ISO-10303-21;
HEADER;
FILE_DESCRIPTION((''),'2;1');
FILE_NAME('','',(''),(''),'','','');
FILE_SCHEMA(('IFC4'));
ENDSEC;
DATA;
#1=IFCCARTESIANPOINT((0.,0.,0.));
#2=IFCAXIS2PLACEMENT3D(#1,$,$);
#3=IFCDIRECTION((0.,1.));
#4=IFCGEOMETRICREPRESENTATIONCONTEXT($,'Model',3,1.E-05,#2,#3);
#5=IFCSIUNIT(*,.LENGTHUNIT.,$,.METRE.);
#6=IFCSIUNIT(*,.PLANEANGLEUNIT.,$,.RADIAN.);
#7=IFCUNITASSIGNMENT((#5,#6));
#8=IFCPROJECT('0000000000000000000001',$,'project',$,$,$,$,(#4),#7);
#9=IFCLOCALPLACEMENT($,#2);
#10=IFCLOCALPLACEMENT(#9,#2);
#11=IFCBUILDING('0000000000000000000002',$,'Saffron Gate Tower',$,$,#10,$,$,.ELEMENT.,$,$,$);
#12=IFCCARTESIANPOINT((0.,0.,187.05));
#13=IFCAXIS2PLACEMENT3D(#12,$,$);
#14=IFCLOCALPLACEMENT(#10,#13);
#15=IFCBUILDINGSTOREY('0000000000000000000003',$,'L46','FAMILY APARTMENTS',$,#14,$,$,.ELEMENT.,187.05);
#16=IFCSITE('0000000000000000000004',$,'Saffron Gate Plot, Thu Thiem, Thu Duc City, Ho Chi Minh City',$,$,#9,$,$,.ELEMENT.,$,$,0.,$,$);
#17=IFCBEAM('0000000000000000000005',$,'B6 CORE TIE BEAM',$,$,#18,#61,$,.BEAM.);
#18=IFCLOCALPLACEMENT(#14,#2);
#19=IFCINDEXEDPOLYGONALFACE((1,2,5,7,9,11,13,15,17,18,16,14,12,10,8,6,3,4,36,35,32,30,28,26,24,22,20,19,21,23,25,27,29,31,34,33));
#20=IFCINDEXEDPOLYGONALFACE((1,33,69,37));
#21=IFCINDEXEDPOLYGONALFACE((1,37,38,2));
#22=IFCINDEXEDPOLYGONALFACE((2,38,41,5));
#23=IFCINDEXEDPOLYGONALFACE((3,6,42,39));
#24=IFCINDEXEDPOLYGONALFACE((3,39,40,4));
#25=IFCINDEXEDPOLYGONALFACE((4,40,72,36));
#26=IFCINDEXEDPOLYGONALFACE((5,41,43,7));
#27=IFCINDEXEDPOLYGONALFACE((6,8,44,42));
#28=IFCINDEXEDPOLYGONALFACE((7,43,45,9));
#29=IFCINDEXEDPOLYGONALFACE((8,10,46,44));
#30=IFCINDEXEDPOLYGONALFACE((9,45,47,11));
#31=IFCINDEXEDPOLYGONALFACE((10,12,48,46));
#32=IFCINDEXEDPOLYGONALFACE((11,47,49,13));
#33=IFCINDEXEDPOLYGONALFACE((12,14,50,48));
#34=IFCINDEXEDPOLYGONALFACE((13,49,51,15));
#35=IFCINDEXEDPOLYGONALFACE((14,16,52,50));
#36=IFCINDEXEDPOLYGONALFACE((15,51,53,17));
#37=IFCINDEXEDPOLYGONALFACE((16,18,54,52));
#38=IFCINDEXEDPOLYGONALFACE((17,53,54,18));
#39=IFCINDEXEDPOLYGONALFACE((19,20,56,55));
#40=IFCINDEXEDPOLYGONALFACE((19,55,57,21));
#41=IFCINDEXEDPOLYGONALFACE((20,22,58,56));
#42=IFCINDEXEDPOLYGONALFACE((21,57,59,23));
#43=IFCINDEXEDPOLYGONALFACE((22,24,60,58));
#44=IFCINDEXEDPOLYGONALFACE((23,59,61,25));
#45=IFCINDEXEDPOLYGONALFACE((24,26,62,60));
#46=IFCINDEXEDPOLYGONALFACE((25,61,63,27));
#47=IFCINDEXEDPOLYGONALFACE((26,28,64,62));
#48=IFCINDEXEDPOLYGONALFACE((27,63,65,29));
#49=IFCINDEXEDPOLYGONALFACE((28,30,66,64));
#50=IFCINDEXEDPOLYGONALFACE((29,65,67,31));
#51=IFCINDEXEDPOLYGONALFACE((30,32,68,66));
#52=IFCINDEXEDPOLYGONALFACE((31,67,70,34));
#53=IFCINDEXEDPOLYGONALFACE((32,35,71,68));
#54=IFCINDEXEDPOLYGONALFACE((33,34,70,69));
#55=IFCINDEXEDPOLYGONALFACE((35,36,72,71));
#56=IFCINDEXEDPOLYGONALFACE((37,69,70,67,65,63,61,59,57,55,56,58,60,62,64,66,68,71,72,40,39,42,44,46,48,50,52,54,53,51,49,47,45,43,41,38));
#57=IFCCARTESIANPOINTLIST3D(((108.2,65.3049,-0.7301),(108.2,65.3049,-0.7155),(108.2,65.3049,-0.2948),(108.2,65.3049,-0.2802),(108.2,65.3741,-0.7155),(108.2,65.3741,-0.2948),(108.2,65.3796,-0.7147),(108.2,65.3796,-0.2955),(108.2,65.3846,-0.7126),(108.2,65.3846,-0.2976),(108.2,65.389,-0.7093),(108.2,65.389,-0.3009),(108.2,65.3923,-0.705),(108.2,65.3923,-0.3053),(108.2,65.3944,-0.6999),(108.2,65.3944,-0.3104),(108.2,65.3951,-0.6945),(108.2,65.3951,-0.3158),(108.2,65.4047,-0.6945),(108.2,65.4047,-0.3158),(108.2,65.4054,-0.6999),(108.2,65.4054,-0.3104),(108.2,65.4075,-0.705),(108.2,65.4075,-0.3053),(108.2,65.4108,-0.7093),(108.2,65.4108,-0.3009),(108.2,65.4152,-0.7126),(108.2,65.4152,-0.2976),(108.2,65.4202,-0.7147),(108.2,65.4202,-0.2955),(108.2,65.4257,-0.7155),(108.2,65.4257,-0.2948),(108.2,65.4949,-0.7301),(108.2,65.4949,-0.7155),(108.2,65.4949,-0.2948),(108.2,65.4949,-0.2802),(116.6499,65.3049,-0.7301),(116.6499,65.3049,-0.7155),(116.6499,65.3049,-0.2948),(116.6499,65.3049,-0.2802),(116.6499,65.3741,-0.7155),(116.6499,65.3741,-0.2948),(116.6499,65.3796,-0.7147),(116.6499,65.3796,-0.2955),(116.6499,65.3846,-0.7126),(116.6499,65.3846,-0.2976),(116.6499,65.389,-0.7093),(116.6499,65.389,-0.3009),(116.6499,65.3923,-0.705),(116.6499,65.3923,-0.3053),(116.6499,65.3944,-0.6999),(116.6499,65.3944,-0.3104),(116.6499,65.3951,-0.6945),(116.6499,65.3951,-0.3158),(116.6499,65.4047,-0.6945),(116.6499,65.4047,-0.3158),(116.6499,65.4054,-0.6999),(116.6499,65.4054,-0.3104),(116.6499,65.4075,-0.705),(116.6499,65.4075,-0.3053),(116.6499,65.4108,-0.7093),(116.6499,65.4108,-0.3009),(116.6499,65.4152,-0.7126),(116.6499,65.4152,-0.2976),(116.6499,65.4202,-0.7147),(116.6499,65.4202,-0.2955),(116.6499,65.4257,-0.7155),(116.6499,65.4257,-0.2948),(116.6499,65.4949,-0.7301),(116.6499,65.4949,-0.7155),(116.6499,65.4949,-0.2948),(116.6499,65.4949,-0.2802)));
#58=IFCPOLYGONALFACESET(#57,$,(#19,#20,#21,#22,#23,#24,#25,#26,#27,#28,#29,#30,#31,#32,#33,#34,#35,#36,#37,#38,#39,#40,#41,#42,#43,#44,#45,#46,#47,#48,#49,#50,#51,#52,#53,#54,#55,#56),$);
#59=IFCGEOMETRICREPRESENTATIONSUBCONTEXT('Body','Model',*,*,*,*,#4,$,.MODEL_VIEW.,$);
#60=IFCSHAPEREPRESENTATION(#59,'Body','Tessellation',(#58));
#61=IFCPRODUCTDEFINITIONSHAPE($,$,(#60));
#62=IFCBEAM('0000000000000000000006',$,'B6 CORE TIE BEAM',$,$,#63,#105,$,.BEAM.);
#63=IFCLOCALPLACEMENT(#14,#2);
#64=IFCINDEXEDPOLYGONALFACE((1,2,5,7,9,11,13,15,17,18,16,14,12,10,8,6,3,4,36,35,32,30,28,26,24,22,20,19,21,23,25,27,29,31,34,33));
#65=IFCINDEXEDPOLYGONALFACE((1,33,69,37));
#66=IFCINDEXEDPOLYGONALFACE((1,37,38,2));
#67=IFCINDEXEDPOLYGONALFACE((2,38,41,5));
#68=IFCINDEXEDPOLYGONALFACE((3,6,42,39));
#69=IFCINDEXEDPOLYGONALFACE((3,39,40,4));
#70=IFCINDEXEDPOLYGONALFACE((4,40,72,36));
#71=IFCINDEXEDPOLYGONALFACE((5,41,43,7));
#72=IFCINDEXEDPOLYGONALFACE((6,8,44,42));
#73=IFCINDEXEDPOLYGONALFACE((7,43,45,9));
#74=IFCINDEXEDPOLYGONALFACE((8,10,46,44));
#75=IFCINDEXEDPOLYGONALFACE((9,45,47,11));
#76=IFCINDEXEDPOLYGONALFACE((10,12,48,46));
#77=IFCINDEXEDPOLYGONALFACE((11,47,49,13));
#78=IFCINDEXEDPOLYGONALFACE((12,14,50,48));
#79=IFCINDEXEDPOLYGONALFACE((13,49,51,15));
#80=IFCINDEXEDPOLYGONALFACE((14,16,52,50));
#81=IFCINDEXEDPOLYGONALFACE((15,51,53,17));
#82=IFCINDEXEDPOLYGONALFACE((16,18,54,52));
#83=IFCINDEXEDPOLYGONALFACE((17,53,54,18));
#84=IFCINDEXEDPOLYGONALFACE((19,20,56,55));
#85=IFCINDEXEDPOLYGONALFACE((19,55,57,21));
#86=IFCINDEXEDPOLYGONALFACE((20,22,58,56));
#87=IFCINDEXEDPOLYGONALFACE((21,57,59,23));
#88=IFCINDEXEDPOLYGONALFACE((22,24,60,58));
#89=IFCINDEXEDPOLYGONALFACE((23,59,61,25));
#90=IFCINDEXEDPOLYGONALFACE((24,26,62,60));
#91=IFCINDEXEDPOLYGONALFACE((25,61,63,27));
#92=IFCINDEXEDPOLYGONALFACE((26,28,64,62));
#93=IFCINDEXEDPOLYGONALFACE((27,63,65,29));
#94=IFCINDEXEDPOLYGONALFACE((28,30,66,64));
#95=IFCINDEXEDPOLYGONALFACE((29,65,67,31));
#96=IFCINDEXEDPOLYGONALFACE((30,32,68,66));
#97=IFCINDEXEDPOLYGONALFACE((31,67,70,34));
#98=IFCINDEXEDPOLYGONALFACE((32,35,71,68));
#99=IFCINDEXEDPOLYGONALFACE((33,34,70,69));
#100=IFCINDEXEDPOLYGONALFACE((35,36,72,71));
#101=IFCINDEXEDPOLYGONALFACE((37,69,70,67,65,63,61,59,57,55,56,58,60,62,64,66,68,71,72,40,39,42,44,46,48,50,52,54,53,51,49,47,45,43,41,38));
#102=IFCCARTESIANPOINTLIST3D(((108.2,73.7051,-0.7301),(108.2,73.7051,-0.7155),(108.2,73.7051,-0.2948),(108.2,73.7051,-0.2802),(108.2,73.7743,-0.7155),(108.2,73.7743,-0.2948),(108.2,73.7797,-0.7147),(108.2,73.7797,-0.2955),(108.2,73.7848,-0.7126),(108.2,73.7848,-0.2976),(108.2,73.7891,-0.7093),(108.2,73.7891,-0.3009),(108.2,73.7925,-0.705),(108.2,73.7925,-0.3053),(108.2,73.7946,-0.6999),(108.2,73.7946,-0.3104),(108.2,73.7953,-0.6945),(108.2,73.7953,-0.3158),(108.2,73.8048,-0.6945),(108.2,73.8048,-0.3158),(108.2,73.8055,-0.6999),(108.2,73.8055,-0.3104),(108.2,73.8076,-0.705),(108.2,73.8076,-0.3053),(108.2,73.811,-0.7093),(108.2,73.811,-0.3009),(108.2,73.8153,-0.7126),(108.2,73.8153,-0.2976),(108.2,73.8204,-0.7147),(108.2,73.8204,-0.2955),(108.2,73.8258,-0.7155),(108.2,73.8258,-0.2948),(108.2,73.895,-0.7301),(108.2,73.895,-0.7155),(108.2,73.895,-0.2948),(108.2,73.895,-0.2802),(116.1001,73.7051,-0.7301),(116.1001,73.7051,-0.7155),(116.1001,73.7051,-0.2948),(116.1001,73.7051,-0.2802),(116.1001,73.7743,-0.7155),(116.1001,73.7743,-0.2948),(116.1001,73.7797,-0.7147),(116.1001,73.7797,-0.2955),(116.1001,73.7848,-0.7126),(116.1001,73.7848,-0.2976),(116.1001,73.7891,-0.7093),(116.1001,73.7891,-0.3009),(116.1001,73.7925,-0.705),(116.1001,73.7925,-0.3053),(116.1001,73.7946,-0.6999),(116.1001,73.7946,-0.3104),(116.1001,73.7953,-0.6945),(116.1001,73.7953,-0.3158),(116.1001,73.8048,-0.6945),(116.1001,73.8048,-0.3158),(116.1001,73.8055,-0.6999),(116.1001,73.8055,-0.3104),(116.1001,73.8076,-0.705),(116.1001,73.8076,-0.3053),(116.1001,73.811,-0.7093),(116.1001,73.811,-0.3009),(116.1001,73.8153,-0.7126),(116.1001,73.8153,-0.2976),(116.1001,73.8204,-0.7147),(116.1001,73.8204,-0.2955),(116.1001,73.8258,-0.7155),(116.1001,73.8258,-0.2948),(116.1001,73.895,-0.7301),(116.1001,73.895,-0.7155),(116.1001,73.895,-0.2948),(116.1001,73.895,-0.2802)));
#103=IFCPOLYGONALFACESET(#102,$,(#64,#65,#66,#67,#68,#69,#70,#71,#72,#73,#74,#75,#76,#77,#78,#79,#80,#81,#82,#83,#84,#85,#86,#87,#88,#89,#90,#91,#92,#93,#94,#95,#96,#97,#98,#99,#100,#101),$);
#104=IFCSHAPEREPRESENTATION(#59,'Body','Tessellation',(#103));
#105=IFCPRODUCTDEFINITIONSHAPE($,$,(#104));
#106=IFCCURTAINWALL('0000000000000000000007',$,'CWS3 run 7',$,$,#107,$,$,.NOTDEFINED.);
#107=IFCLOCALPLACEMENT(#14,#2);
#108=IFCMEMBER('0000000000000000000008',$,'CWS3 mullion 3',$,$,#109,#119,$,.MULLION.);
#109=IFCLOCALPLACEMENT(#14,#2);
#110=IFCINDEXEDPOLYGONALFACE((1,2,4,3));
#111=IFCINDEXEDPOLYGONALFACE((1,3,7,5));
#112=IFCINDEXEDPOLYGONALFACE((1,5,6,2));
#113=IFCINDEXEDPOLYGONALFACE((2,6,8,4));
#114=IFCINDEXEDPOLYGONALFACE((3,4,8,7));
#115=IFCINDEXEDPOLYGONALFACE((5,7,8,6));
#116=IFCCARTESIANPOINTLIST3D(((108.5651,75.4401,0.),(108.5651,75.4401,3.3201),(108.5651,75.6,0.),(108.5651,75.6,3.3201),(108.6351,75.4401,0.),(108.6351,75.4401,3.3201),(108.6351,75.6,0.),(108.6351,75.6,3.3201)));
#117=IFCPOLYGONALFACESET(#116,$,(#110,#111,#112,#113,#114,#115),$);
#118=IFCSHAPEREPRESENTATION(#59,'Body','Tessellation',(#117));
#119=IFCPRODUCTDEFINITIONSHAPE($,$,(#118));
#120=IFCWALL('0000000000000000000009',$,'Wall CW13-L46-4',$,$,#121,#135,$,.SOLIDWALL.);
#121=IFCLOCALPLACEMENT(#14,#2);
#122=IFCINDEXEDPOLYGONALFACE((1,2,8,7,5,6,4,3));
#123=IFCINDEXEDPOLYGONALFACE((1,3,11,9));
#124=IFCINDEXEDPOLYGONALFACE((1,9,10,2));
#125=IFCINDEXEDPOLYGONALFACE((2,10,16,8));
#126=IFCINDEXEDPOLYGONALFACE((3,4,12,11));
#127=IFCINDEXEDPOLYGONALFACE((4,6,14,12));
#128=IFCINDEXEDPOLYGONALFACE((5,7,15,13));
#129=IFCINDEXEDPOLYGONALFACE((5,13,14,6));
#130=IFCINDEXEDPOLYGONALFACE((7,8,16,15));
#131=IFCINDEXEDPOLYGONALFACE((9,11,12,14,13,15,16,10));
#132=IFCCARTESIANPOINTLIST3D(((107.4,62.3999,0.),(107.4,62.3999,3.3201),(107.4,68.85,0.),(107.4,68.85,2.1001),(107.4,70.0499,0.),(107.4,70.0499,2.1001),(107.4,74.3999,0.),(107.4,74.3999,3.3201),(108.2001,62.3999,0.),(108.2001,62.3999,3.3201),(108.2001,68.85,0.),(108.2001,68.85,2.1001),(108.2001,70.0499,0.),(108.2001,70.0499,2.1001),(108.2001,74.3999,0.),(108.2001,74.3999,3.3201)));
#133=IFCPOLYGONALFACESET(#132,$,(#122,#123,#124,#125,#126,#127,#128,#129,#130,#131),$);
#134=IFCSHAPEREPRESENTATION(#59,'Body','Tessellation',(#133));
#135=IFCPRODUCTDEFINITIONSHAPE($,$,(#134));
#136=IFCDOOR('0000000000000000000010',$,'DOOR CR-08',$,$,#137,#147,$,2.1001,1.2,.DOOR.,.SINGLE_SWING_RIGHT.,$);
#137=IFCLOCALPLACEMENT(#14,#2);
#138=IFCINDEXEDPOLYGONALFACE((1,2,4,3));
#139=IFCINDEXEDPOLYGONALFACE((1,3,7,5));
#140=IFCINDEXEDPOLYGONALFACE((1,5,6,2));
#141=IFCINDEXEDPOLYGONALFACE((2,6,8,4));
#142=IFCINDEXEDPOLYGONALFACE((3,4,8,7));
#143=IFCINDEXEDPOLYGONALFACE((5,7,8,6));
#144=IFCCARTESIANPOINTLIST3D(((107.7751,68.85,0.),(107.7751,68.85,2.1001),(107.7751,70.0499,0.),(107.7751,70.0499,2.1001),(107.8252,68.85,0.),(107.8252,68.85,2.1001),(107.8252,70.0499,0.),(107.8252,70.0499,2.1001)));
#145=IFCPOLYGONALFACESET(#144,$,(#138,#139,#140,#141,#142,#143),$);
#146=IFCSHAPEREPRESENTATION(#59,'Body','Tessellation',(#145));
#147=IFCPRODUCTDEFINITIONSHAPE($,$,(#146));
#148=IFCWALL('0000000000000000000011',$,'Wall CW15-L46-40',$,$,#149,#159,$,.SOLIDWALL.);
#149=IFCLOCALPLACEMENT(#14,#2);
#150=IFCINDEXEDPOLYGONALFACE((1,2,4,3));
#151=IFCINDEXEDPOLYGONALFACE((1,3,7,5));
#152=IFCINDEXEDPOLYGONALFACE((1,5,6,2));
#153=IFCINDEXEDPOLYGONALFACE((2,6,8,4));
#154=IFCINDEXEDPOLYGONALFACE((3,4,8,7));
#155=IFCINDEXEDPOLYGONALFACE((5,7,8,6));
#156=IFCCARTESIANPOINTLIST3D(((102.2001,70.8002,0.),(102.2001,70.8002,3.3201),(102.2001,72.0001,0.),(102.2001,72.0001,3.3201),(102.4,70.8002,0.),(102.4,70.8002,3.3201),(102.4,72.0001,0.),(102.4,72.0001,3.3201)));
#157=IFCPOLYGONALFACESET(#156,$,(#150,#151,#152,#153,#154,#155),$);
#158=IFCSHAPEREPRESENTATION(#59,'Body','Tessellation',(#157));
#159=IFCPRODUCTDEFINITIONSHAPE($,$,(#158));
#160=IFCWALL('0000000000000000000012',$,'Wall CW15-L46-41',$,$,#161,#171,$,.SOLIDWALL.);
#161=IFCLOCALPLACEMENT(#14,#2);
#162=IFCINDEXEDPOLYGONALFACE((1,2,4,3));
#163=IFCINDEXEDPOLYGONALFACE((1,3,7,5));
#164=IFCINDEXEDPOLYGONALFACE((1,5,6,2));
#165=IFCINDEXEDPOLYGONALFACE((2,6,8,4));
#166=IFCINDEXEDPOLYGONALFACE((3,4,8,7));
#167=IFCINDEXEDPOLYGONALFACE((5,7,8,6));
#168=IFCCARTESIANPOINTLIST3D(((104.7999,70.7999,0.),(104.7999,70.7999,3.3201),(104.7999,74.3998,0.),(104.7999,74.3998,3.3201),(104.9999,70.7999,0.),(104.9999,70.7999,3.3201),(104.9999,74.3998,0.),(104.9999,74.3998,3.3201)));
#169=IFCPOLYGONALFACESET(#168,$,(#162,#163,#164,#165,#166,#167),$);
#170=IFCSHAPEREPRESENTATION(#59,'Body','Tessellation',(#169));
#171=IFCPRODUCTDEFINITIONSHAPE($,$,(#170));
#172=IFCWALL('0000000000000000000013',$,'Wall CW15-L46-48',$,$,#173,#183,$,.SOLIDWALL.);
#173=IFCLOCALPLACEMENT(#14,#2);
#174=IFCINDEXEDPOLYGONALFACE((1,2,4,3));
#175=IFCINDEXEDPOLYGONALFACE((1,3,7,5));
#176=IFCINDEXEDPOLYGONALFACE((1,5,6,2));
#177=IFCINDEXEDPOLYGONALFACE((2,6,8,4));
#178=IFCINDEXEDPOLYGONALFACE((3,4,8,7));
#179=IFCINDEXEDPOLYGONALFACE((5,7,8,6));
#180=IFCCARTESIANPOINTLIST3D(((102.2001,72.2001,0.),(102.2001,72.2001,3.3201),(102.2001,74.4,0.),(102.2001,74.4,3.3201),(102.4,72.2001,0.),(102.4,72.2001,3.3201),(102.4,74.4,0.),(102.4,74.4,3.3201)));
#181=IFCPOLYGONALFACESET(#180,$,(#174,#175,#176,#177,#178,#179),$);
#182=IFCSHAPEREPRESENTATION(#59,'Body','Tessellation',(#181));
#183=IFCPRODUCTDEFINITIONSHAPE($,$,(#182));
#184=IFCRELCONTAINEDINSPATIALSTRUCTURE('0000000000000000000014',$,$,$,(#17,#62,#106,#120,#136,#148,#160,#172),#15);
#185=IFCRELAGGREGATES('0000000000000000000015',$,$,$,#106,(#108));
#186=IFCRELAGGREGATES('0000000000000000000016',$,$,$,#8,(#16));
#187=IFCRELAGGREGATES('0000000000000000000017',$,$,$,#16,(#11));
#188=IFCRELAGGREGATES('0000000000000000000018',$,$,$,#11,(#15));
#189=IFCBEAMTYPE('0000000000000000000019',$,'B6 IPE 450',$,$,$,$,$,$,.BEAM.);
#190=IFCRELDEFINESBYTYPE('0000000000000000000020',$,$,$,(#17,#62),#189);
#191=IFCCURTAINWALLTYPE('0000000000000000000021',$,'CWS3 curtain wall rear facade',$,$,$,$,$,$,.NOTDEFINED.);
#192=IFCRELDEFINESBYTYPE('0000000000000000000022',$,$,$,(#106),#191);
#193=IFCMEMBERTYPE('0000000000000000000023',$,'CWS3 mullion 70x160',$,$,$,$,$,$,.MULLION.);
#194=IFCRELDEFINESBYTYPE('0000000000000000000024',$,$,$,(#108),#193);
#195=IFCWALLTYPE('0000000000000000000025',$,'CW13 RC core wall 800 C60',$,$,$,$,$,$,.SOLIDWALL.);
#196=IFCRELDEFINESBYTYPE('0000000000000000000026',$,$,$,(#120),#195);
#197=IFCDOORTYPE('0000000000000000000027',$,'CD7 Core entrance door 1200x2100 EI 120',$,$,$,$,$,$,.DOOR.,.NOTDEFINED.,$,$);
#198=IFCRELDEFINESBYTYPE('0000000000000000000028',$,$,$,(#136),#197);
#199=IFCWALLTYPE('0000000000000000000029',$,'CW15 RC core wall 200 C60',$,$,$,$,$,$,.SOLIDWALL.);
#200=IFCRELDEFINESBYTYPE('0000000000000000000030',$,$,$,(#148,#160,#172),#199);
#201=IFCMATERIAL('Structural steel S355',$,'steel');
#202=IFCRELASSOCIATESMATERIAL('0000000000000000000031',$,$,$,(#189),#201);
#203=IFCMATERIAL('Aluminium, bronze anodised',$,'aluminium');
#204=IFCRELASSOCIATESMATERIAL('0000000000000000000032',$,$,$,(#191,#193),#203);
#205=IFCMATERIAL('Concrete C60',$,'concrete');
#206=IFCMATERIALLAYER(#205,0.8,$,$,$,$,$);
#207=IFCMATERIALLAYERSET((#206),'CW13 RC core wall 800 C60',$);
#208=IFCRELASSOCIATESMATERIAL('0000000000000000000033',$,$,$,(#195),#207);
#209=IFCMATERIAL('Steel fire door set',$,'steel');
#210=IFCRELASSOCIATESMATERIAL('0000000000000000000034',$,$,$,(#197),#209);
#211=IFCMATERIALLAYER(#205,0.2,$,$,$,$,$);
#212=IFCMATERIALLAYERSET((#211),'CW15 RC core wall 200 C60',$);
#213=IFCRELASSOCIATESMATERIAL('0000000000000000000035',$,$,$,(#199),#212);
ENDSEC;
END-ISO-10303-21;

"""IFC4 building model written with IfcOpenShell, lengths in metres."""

from ifc_helpers import new_model, si_unit, direction, frame, frame_2d, origin, origin_2d, place, context, subcontext, project, spatial, rectangle, i_section, extrude, material, layer, layer_set, material_profile, profile_set, type_object, element, fill, aggregate, save


model = new_model("IFC4")

# Units and contexts
model_context = context("Model", 3, precision=1e-05, world=origin(), true_north=direction((0.0, 1.0)))
body_context = subcontext(model_context, "Body", "Model", "MODEL_VIEW")
ifc_project = project(units=[si_unit("LENGTHUNIT", "METRE"), si_unit("PLANEANGLEUNIT", "RADIAN")], contexts=[model_context])

# Site, building, storey
site_placement = place(None, origin())
site = spatial("IfcSite", under=ifc_project, at=site_placement, Name="Saffron Gate Plot, Thu Thiem, Thu Duc City, Ho Chi Minh City", CompositionType="ELEMENT", RefElevation=0.0)
building_placement = place(site_placement, origin())
building = spatial("IfcBuilding", under=site, at=building_placement, Name="Saffron Gate Tower", CompositionType="ELEMENT")
storey_placement = place(building_placement, frame((0.0, 0.0, 187.05)))
storey = spatial("IfcBuildingStorey", under=building, at=storey_placement, Name="L46", Description="FAMILY APARTMENTS", CompositionType="ELEMENT", Elevation=187.05)

# Beams
ifc_material_1 = material(Name="Structural steel S355", Category="steel")
ifc_material_profile_1 = material_profile(ifc_material_1, i_section(OverallWidth=0.1899, OverallDepth=0.45, WebThickness=0.0095, FlangeThickness=0.0146, FilletRadius=0.021, at=origin_2d()))
ifc_profile_set_1 = profile_set([ifc_material_profile_1], Name="Structural steel S355")
beam_type = type_object("IfcBeamType", Name="B6 IPE 450", PredefinedType="BEAM", material=ifc_profile_set_1)
beam_1_placement = place(storey_placement, frame((116.6499, 65.3999, -0.5051), z_axis=(-1.0, 0.0, 0.0), x_axis=(0.0, -1.0, 0.0)))
element("IfcBeam", 1, at=beam_1_placement, inside=storey, type_object=beam_type, Name="B6 CORE TIE BEAM", PredefinedType="BEAM", context=body_context, shape_type="SweptSolid", body=[
    extrude(i_section(OverallWidth=0.1899, OverallDepth=0.45, WebThickness=0.0095, FlangeThickness=0.0146, FilletRadius=0.021, at=origin_2d()), origin(), (0.0, 0.0, 1.0), 8.45),
])
beam_2_placement = place(storey_placement, frame((116.1001, 73.8, -0.5051), z_axis=(-1.0, 0.0, 0.0), x_axis=(0.0, -1.0, 0.0)))
element("IfcBeam", 2, at=beam_2_placement, inside=storey, type_object=beam_type, Name="B6 CORE TIE BEAM", PredefinedType="BEAM", context=body_context, shape_type="SweptSolid", body=[
    extrude(i_section(OverallWidth=0.1899, OverallDepth=0.45, WebThickness=0.0095, FlangeThickness=0.0146, FilletRadius=0.021, at=origin_2d()), origin(), (0.0, 0.0, 1.0), 7.9001),
])

# Curtain wall, member
ifc_material_2 = material(Name="Aluminium, bronze anodised", Category="aluminium")
curtain_wall_type = type_object("IfcCurtainWallType", Name="CWS3 curtain wall rear facade", PredefinedType="NOTDEFINED", material=ifc_material_2)
curtain_wall_placement = place(storey_placement, origin())
curtain_wall = element("IfcCurtainWall", 3, at=curtain_wall_placement, inside=storey, type_object=curtain_wall_type, Name="CWS3 run 7", PredefinedType="NOTDEFINED")
ifc_material_profile_2 = material_profile(ifc_material_2, rectangle(XDim=0.1599, YDim=0.0701, at=origin_2d()))
ifc_profile_set_2 = profile_set([ifc_material_profile_2], Name="Aluminium, bronze anodised")
member_type = type_object("IfcMemberType", Name="CWS3 mullion 70x160", PredefinedType="MULLION", material=ifc_profile_set_2)
member_placement = place(storey_placement, frame((108.6001, 75.52, 0.0), z_axis=(0.0, 0.0, 1.0), x_axis=(0.0, -1.0, 0.0)))
member = element("IfcMember", 4, at=member_placement, type_object=member_type, Name="CWS3 mullion 3", PredefinedType="MULLION", context=body_context, shape_type="SweptSolid", body=[
    extrude(rectangle(XDim=0.1599, YDim=0.0701, at=origin_2d()), origin(), (0.0, 0.0, 1.0), 3.3201),
])
aggregate(curtain_wall, [member])

# Wall, opening, door
ifc_material_3 = material(Name="Concrete C60", Category="concrete")
ifc_layer_1 = layer(ifc_material_3, 0.8)
ifc_layer_set_1 = layer_set([ifc_layer_1], Name="CW13 RC core wall 800 C60")
wall_type_1 = type_object("IfcWallType", Name="CW13 RC core wall 800 C60", PredefinedType="SOLIDWALL", material=ifc_layer_set_1)
wall_1_placement = place(storey_placement, frame((107.8, 62.3999, 0.0), z_axis=(0.0, 0.0, 1.0), x_axis=(0.0, 1.0, 0.0)))
wall_1 = element("IfcWall", 5, at=wall_1_placement, inside=storey, type_object=wall_type_1, Name="Wall CW13-L46-4", PredefinedType="SOLIDWALL", context=body_context, shape_type="SweptSolid", body=[
    extrude(rectangle(XDim=12.0, YDim=0.8, at=frame_2d((6.0, 0.0))), origin(), (0.0, 0.0, 1.0), 3.3201),
])
opening_1_placement = place(wall_1_placement, frame((6.45, 0.0, 0.0)))
opening_1 = element("IfcOpeningElement", 6, at=opening_1_placement, cuts=wall_1, PredefinedType="OPENING", context=body_context, shape_type="SweptSolid", body=[
    extrude(rectangle(XDim=1.2, YDim=2.1001, at=frame_2d((0.6001, 1.05))), frame((0.0, 0.4102, 0.0), z_axis=(0.0, -1.0, 0.0), x_axis=(1.0, 0.0, 0.0)), (0.0, 0.0, 1.0), 0.8201),
])
ifc_material_4 = material(Name="Steel fire door set", Category="steel")
door_type_1 = type_object("IfcDoorType", Name="CD7 Core entrance door 1200x2100 EI 120", OperationType="NOTDEFINED", PredefinedType="DOOR", material=ifc_material_4)
door_1_placement = place(opening_1_placement, origin())
door_1 = element("IfcDoor", 7, at=door_1_placement, inside=storey, type_object=door_type_1, Name="DOOR CR-08", OperationType="SINGLE_SWING_RIGHT", OverallHeight=2.1001, OverallWidth=1.2, PredefinedType="DOOR", context=body_context, shape_type="SweptSolid", body=[
    extrude(rectangle(XDim=1.2, YDim=2.1001, at=frame_2d((0.6001, 1.05))), frame((0.0, 0.0249, 0.0), z_axis=(0.0, -1.0, 0.0), x_axis=(1.0, 0.0, 0.0)), (0.0, 0.0, 1.0), 0.05),
])
fill(opening_1, door_1)

# Walls
ifc_layer_2 = layer(ifc_material_3, 0.2)
ifc_layer_set_2 = layer_set([ifc_layer_2], Name="CW15 RC core wall 200 C60")
wall_type_2 = type_object("IfcWallType", Name="CW15 RC core wall 200 C60", PredefinedType="SOLIDWALL", material=ifc_layer_set_2)
wall_2_placement = place(storey_placement, frame((102.3, 70.8, 0.0), z_axis=(0.0, 0.0, 1.0), x_axis=(0.0, 1.0, 0.0)))
element("IfcWall", 8, at=wall_2_placement, inside=storey, type_object=wall_type_2, Name="Wall CW15-L46-40", PredefinedType="SOLIDWALL", context=body_context, shape_type="SweptSolid", body=[
    extrude(rectangle(XDim=1.2, YDim=0.2, at=frame_2d((0.6001, 0.0))), origin(), (0.0, 0.0, 1.0), 3.3201),
])
wall_3_placement = place(storey_placement, frame((104.8999, 70.8, 0.0), z_axis=(0.0, 0.0, 1.0), x_axis=(0.0, 1.0, 0.0)))
element("IfcWall", 9, at=wall_3_placement, inside=storey, type_object=wall_type_2, Name="Wall CW15-L46-41", PredefinedType="SOLIDWALL", context=body_context, shape_type="SweptSolid", body=[
    extrude(rectangle(XDim=3.5999, YDim=0.2, at=frame_2d((1.7998, 0.0))), origin(), (0.0, 0.0, 1.0), 3.3201),
])
wall_4_placement = place(storey_placement, frame((102.3, 72.2, 0.0), z_axis=(0.0, 0.0, 1.0), x_axis=(0.0, 1.0, 0.0)))
element("IfcWall", 10, at=wall_4_placement, inside=storey, type_object=wall_type_2, Name="Wall CW15-L46-48", PredefinedType="SOLIDWALL", context=body_context, shape_type="SweptSolid", body=[
    extrude(rectangle(XDim=2.2, YDim=0.2, at=frame_2d((1.1001, 0.0))), origin(), (0.0, 0.0, 1.0), 3.3201),
])

save(model, "model.ifc")
